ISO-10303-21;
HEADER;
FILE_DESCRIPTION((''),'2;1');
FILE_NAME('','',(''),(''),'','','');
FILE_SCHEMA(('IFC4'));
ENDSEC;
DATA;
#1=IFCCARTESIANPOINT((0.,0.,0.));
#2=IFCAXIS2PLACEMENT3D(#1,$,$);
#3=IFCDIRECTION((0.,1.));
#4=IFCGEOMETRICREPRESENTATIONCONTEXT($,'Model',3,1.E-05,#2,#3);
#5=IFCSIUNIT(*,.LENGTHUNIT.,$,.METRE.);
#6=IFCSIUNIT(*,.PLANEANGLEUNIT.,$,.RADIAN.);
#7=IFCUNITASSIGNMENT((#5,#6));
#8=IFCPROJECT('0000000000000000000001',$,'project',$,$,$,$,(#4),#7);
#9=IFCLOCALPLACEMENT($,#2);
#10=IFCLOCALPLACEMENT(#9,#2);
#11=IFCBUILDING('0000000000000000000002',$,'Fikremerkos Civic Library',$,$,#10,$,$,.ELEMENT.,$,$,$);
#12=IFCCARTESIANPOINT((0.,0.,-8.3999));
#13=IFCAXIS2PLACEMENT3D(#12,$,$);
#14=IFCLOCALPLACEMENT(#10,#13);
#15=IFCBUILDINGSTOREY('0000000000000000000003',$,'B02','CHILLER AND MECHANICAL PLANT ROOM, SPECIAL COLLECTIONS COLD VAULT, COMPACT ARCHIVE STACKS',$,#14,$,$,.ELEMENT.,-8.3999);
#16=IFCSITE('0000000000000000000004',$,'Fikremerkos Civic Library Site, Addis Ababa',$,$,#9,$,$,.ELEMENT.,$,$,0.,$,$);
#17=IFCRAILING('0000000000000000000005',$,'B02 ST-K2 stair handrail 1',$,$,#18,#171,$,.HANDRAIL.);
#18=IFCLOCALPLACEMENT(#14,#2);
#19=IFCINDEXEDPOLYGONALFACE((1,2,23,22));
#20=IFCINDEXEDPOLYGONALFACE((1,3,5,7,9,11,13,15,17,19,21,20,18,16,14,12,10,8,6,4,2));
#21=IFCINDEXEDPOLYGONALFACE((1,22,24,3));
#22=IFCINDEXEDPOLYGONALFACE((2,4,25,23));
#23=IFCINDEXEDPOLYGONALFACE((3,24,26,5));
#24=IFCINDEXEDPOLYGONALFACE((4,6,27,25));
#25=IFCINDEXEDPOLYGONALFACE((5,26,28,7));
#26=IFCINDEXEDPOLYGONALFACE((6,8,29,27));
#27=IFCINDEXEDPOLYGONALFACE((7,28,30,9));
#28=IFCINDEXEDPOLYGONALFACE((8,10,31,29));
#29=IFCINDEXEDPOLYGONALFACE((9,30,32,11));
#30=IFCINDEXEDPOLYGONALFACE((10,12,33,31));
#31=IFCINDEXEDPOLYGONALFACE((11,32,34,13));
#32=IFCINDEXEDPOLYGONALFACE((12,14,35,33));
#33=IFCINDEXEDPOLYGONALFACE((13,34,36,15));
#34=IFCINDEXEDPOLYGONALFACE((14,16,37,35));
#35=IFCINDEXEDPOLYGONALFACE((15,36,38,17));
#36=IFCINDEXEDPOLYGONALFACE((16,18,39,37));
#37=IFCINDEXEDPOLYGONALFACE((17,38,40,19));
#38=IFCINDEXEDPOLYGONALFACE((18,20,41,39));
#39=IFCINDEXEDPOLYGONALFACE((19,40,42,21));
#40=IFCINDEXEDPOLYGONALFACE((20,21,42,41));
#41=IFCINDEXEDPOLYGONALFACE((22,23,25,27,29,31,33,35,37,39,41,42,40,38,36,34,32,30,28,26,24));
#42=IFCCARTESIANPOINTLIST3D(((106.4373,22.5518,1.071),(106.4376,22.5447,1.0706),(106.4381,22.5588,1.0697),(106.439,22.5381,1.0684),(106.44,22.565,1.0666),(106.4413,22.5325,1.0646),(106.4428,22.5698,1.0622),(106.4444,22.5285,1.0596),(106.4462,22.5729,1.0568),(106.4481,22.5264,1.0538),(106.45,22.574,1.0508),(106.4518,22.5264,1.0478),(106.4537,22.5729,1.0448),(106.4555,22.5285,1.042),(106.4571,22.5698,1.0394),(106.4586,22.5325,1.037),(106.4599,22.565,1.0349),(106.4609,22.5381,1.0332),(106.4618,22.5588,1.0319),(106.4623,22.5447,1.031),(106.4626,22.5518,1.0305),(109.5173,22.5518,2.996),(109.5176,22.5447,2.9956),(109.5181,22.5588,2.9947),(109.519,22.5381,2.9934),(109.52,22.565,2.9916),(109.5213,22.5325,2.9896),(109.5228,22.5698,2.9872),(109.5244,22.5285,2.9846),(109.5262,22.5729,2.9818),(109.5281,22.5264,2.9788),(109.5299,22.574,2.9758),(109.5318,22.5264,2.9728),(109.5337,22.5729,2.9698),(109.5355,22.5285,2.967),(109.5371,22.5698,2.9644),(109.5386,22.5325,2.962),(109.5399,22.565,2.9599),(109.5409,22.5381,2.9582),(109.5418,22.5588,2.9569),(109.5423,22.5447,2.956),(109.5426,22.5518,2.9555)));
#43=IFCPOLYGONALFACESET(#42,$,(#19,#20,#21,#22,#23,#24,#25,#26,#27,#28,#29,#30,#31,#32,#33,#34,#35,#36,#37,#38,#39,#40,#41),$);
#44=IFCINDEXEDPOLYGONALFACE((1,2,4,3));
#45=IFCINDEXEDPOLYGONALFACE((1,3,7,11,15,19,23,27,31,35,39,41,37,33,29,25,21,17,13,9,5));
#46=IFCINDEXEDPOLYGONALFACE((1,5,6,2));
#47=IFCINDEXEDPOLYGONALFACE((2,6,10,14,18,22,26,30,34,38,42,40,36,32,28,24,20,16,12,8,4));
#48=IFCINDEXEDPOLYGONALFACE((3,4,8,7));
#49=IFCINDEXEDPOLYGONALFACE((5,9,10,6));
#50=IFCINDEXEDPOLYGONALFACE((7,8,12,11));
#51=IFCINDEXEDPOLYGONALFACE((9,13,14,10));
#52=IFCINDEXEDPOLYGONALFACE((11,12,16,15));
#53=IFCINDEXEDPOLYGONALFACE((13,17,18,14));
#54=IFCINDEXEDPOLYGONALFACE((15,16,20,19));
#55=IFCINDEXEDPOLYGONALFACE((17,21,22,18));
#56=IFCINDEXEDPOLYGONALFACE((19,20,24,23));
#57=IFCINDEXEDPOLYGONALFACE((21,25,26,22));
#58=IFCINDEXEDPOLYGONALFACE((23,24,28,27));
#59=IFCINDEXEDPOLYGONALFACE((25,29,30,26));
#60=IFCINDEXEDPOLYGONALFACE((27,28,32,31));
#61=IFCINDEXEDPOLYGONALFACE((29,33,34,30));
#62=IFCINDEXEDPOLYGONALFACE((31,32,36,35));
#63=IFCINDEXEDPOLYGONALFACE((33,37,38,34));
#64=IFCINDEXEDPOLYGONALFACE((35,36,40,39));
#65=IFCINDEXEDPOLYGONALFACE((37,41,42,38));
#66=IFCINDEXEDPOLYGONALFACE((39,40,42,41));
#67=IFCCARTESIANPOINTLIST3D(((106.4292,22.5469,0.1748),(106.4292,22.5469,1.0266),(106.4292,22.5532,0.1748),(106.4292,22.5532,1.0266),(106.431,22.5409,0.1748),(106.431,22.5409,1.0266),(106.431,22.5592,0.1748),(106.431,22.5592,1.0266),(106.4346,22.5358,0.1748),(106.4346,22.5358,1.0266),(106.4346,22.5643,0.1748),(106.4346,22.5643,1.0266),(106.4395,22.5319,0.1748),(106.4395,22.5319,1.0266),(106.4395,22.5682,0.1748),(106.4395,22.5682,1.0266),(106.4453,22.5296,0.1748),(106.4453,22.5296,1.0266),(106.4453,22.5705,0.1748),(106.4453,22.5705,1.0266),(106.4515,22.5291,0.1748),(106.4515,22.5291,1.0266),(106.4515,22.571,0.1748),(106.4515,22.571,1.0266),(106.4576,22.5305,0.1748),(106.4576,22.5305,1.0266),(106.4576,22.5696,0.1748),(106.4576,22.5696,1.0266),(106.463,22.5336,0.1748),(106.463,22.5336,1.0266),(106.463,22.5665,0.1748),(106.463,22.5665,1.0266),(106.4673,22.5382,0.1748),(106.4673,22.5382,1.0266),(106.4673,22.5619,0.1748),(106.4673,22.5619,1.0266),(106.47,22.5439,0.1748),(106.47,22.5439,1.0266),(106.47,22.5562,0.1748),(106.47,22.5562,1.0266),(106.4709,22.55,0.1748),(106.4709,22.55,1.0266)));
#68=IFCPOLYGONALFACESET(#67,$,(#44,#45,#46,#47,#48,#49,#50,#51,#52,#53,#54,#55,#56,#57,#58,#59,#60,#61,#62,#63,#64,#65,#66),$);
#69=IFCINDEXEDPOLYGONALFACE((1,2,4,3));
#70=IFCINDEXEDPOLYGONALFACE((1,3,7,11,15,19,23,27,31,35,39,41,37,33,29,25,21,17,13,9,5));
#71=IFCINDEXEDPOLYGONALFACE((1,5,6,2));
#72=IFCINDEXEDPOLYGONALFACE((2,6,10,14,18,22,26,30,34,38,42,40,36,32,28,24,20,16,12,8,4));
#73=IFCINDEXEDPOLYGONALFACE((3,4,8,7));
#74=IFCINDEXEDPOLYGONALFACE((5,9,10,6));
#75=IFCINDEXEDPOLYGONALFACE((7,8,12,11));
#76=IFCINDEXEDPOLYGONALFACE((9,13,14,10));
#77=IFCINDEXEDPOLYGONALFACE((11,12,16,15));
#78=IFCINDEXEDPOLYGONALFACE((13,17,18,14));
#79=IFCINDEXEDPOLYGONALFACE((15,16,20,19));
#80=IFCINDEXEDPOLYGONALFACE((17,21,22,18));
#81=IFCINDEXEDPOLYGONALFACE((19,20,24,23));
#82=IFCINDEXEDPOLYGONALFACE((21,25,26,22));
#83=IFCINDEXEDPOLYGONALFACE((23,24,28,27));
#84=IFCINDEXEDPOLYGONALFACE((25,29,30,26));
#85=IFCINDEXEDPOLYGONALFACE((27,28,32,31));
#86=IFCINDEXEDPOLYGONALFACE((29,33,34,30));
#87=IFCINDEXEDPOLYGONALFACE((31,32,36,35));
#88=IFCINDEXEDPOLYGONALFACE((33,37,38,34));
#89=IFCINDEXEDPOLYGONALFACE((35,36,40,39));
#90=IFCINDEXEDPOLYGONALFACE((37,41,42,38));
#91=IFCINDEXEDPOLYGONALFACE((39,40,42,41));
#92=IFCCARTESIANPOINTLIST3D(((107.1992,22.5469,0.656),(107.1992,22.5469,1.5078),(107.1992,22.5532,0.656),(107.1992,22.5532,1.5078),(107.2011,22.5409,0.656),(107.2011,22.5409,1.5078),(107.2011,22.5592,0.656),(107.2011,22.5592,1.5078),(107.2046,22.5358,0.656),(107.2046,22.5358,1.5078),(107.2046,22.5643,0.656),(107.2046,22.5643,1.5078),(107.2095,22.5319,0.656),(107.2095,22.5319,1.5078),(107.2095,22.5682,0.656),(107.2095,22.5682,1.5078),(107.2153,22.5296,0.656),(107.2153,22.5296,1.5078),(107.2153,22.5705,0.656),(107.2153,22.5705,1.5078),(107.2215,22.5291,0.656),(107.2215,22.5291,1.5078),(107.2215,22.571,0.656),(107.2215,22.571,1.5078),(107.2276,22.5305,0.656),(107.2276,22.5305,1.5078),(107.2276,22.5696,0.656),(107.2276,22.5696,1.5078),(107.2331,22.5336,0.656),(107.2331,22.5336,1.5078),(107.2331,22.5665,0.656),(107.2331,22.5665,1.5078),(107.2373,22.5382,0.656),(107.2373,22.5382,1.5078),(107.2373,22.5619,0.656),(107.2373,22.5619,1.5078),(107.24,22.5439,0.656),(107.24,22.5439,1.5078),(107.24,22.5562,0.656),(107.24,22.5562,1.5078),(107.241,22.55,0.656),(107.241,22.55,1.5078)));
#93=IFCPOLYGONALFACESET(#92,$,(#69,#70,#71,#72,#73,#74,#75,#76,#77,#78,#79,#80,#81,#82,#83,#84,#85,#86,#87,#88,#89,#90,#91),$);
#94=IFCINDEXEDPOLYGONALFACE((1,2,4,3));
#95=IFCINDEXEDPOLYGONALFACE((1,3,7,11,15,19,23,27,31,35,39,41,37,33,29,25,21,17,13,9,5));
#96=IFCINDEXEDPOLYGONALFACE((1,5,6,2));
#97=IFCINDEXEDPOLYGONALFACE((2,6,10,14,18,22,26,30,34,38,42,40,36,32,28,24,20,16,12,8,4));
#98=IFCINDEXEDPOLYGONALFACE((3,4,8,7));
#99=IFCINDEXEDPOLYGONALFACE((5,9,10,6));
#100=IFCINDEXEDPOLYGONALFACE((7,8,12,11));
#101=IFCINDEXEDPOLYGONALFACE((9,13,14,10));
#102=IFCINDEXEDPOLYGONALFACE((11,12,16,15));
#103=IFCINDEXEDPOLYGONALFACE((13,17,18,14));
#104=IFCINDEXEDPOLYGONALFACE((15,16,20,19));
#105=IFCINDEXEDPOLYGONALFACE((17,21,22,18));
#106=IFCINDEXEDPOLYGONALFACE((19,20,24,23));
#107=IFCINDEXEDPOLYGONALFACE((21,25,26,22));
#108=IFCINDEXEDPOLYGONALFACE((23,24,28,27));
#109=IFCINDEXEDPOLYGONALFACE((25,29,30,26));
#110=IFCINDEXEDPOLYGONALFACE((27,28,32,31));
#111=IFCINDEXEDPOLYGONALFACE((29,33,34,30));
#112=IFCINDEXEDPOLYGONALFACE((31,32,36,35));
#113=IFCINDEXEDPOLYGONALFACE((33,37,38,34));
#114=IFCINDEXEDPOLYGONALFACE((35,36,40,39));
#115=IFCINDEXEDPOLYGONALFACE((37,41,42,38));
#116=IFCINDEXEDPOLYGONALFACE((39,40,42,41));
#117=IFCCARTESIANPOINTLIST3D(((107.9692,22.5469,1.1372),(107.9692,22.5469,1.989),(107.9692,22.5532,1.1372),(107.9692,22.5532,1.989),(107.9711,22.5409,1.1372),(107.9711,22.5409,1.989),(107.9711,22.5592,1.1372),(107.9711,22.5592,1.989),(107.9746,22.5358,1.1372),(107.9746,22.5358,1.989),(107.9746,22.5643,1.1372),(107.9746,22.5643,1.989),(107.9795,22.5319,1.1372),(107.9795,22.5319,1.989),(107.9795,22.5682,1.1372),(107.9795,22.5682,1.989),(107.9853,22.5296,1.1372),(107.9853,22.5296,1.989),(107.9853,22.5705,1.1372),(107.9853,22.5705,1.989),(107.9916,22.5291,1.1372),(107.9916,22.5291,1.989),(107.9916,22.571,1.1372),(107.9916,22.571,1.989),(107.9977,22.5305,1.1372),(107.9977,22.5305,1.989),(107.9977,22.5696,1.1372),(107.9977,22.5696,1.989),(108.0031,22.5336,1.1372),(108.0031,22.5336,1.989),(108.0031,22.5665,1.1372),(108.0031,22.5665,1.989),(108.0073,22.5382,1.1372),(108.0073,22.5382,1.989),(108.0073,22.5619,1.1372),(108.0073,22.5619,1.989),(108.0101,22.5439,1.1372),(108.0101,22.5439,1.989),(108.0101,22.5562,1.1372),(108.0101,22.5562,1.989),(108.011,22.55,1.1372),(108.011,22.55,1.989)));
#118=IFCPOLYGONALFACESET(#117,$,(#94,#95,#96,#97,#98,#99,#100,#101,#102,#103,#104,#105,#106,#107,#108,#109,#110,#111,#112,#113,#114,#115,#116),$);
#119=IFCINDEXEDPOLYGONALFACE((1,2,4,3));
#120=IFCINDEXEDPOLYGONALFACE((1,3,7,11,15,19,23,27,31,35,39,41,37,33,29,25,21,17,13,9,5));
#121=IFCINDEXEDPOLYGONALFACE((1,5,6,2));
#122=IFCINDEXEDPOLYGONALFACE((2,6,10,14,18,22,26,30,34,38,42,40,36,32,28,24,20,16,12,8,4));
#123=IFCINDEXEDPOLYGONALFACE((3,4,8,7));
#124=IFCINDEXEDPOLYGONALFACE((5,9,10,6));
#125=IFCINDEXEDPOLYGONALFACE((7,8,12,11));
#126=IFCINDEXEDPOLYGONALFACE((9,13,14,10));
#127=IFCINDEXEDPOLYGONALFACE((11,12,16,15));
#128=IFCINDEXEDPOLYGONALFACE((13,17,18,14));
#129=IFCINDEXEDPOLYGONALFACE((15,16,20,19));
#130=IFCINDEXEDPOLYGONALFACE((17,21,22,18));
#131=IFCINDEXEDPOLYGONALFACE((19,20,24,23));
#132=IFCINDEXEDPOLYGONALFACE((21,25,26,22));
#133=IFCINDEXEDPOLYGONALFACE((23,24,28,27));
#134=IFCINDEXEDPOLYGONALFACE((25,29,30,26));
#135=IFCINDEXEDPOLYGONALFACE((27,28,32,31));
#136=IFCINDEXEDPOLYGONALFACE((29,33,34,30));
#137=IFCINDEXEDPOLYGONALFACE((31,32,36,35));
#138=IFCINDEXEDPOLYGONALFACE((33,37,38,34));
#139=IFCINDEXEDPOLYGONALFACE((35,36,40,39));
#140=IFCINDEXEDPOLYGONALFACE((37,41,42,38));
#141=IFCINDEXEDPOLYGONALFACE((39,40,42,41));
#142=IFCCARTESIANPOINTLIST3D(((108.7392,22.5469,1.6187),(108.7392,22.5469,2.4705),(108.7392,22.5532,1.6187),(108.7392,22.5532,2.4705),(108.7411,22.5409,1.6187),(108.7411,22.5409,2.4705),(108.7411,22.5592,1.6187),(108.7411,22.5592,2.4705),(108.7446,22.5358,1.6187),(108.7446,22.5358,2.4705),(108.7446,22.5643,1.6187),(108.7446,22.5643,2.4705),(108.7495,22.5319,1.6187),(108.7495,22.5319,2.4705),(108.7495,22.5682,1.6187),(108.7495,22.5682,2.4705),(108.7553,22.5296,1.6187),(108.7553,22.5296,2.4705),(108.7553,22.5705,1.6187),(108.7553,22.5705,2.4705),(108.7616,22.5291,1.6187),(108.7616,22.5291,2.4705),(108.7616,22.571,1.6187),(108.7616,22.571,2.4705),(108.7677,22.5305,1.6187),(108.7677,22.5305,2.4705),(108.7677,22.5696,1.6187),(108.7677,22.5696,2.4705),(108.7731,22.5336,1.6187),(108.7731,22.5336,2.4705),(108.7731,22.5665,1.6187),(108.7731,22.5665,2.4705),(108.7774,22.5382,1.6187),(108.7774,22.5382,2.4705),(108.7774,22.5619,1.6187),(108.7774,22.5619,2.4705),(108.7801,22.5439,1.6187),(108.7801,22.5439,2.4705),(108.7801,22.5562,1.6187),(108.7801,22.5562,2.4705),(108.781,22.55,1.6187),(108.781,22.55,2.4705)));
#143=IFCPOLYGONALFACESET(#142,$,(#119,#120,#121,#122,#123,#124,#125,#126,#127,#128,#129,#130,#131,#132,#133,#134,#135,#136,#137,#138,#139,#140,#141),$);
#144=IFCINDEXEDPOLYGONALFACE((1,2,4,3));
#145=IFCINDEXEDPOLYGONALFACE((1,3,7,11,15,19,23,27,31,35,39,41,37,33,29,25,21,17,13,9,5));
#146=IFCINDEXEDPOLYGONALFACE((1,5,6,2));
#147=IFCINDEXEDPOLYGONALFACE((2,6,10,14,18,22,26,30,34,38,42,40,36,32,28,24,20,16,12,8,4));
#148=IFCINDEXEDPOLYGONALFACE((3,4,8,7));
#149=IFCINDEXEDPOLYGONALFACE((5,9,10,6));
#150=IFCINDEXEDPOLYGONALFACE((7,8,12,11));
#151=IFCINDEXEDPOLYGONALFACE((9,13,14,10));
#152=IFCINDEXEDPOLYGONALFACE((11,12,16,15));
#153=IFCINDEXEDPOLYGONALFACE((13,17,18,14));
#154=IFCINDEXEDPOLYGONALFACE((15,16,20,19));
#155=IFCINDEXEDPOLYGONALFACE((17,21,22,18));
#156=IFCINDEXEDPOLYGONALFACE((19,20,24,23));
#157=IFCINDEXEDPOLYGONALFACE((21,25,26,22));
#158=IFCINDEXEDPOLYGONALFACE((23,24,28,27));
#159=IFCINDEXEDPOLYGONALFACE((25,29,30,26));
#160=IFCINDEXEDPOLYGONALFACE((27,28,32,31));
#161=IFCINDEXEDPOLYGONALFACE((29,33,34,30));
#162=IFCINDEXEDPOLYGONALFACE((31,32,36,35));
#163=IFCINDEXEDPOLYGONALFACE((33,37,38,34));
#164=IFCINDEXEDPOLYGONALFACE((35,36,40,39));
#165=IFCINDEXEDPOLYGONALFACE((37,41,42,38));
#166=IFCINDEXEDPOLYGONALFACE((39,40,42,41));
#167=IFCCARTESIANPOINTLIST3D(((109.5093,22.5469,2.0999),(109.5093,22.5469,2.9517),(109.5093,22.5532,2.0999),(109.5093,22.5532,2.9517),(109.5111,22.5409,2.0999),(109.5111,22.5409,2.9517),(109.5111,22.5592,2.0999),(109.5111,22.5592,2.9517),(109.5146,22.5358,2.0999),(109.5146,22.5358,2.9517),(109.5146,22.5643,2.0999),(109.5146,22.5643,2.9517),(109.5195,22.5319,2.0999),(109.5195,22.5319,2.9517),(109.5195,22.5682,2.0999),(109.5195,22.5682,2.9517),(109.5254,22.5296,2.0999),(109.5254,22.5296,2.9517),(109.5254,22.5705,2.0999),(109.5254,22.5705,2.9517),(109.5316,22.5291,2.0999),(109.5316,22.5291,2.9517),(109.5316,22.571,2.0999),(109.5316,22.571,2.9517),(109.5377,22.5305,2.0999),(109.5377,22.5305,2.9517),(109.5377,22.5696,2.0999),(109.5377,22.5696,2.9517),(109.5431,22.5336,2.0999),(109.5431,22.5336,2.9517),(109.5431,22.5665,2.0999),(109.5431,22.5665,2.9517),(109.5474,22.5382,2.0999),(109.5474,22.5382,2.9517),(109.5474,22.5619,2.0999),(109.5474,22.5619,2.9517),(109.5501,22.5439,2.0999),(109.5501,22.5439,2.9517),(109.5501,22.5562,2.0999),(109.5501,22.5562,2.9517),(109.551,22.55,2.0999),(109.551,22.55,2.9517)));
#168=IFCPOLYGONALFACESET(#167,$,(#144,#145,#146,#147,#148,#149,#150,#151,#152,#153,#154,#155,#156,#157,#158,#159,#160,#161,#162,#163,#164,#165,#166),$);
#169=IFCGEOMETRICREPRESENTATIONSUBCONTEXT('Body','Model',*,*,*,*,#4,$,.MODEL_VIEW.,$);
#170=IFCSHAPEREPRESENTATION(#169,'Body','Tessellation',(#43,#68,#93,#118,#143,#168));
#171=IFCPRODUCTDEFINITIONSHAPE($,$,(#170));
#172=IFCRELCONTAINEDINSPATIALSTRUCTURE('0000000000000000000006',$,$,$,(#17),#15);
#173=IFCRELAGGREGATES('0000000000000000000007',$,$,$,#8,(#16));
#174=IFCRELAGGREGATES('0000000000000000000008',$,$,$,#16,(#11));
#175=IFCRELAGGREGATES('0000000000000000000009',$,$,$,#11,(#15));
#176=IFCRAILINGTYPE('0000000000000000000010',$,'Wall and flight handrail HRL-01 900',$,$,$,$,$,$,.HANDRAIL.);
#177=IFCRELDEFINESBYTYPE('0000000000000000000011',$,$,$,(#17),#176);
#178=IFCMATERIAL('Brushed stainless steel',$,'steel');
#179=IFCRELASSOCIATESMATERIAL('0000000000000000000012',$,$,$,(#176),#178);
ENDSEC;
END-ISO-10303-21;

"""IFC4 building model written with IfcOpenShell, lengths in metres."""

from ifc_helpers import new_model, si_unit, direction, frame, origin, origin_2d, place, context, subcontext, project, spatial, circle, extrude, material, type_object, element, save


model = new_model("IFC4")

# Units and contexts
model_context = context("Model", 3, precision=1e-05, world=origin(), true_north=direction((0.0, 1.0)))
body_context = subcontext(model_context, "Body", "Model", "MODEL_VIEW")
ifc_project = project(units=[si_unit("LENGTHUNIT", "METRE"), si_unit("PLANEANGLEUNIT", "RADIAN")], contexts=[model_context])

# Site, building, storey
site_placement = place(None, origin())
site = spatial("IfcSite", under=ifc_project, at=site_placement, Name="Fikremerkos Civic Library Site, Addis Ababa", CompositionType="ELEMENT", RefElevation=0.0)
building_placement = place(site_placement, origin())
building = spatial("IfcBuilding", under=site, at=building_placement, Name="Fikremerkos Civic Library", CompositionType="ELEMENT")
storey_placement = place(building_placement, frame((0.0, 0.0, -8.3999)))
storey = spatial("IfcBuildingStorey", under=building, at=storey_placement, Name="B02", Description="CHILLER AND MECHANICAL PLANT ROOM, SPECIAL COLLECTIONS COLD VAULT, COMPACT ARCHIVE STACKS", CompositionType="ELEMENT", Elevation=-8.3999)

# Railing
ifc_material_1 = material(Name="Brushed stainless steel", Category="steel")
railing_type_1 = type_object("IfcRailingType", Name="Wall and flight handrail HRL-01 900", PredefinedType="HANDRAIL", material=ifc_material_1)
railing_1_placement = place(storey_placement, frame((106.45, 22.55, 0.1748)))
element("IfcRailing", 1, at=railing_1_placement, inside=storey, type_object=railing_type_1, Name="B02 ST-K2 stair handrail 1", PredefinedType="HANDRAIL", context=body_context, shape_type="SweptSolid", body=[
    extrude(circle(Radius=0.0239, at=origin_2d()), frame((0.0, 0.0, 0.876), z_axis=(0.847998, 0.0, 0.529999), x_axis=(0.0, 1.0, 0.0)), (0.0, 0.0, 1.0), 3.6321),
    extrude(circle(Radius=0.021, at=origin_2d()), origin(), (0.0, 0.0, 1.0), 0.8518),
    extrude(circle(Radius=0.021, at=origin_2d()), frame((0.77, 0.0, 0.4812)), (0.0, 0.0, 1.0), 0.8518),
    extrude(circle(Radius=0.021, at=origin_2d()), frame((1.54, 0.0, 0.9624)), (0.0, 0.0, 1.0), 0.8518),
    extrude(circle(Radius=0.021, at=origin_2d()), frame((2.3101, 0.0, 1.4438)), (0.0, 0.0, 1.0), 0.8518),
    extrude(circle(Radius=0.021, at=origin_2d()), frame((3.0801, 0.0, 1.925)), (0.0, 0.0, 1.0), 0.8518),
])

save(model, "model.ifc")
